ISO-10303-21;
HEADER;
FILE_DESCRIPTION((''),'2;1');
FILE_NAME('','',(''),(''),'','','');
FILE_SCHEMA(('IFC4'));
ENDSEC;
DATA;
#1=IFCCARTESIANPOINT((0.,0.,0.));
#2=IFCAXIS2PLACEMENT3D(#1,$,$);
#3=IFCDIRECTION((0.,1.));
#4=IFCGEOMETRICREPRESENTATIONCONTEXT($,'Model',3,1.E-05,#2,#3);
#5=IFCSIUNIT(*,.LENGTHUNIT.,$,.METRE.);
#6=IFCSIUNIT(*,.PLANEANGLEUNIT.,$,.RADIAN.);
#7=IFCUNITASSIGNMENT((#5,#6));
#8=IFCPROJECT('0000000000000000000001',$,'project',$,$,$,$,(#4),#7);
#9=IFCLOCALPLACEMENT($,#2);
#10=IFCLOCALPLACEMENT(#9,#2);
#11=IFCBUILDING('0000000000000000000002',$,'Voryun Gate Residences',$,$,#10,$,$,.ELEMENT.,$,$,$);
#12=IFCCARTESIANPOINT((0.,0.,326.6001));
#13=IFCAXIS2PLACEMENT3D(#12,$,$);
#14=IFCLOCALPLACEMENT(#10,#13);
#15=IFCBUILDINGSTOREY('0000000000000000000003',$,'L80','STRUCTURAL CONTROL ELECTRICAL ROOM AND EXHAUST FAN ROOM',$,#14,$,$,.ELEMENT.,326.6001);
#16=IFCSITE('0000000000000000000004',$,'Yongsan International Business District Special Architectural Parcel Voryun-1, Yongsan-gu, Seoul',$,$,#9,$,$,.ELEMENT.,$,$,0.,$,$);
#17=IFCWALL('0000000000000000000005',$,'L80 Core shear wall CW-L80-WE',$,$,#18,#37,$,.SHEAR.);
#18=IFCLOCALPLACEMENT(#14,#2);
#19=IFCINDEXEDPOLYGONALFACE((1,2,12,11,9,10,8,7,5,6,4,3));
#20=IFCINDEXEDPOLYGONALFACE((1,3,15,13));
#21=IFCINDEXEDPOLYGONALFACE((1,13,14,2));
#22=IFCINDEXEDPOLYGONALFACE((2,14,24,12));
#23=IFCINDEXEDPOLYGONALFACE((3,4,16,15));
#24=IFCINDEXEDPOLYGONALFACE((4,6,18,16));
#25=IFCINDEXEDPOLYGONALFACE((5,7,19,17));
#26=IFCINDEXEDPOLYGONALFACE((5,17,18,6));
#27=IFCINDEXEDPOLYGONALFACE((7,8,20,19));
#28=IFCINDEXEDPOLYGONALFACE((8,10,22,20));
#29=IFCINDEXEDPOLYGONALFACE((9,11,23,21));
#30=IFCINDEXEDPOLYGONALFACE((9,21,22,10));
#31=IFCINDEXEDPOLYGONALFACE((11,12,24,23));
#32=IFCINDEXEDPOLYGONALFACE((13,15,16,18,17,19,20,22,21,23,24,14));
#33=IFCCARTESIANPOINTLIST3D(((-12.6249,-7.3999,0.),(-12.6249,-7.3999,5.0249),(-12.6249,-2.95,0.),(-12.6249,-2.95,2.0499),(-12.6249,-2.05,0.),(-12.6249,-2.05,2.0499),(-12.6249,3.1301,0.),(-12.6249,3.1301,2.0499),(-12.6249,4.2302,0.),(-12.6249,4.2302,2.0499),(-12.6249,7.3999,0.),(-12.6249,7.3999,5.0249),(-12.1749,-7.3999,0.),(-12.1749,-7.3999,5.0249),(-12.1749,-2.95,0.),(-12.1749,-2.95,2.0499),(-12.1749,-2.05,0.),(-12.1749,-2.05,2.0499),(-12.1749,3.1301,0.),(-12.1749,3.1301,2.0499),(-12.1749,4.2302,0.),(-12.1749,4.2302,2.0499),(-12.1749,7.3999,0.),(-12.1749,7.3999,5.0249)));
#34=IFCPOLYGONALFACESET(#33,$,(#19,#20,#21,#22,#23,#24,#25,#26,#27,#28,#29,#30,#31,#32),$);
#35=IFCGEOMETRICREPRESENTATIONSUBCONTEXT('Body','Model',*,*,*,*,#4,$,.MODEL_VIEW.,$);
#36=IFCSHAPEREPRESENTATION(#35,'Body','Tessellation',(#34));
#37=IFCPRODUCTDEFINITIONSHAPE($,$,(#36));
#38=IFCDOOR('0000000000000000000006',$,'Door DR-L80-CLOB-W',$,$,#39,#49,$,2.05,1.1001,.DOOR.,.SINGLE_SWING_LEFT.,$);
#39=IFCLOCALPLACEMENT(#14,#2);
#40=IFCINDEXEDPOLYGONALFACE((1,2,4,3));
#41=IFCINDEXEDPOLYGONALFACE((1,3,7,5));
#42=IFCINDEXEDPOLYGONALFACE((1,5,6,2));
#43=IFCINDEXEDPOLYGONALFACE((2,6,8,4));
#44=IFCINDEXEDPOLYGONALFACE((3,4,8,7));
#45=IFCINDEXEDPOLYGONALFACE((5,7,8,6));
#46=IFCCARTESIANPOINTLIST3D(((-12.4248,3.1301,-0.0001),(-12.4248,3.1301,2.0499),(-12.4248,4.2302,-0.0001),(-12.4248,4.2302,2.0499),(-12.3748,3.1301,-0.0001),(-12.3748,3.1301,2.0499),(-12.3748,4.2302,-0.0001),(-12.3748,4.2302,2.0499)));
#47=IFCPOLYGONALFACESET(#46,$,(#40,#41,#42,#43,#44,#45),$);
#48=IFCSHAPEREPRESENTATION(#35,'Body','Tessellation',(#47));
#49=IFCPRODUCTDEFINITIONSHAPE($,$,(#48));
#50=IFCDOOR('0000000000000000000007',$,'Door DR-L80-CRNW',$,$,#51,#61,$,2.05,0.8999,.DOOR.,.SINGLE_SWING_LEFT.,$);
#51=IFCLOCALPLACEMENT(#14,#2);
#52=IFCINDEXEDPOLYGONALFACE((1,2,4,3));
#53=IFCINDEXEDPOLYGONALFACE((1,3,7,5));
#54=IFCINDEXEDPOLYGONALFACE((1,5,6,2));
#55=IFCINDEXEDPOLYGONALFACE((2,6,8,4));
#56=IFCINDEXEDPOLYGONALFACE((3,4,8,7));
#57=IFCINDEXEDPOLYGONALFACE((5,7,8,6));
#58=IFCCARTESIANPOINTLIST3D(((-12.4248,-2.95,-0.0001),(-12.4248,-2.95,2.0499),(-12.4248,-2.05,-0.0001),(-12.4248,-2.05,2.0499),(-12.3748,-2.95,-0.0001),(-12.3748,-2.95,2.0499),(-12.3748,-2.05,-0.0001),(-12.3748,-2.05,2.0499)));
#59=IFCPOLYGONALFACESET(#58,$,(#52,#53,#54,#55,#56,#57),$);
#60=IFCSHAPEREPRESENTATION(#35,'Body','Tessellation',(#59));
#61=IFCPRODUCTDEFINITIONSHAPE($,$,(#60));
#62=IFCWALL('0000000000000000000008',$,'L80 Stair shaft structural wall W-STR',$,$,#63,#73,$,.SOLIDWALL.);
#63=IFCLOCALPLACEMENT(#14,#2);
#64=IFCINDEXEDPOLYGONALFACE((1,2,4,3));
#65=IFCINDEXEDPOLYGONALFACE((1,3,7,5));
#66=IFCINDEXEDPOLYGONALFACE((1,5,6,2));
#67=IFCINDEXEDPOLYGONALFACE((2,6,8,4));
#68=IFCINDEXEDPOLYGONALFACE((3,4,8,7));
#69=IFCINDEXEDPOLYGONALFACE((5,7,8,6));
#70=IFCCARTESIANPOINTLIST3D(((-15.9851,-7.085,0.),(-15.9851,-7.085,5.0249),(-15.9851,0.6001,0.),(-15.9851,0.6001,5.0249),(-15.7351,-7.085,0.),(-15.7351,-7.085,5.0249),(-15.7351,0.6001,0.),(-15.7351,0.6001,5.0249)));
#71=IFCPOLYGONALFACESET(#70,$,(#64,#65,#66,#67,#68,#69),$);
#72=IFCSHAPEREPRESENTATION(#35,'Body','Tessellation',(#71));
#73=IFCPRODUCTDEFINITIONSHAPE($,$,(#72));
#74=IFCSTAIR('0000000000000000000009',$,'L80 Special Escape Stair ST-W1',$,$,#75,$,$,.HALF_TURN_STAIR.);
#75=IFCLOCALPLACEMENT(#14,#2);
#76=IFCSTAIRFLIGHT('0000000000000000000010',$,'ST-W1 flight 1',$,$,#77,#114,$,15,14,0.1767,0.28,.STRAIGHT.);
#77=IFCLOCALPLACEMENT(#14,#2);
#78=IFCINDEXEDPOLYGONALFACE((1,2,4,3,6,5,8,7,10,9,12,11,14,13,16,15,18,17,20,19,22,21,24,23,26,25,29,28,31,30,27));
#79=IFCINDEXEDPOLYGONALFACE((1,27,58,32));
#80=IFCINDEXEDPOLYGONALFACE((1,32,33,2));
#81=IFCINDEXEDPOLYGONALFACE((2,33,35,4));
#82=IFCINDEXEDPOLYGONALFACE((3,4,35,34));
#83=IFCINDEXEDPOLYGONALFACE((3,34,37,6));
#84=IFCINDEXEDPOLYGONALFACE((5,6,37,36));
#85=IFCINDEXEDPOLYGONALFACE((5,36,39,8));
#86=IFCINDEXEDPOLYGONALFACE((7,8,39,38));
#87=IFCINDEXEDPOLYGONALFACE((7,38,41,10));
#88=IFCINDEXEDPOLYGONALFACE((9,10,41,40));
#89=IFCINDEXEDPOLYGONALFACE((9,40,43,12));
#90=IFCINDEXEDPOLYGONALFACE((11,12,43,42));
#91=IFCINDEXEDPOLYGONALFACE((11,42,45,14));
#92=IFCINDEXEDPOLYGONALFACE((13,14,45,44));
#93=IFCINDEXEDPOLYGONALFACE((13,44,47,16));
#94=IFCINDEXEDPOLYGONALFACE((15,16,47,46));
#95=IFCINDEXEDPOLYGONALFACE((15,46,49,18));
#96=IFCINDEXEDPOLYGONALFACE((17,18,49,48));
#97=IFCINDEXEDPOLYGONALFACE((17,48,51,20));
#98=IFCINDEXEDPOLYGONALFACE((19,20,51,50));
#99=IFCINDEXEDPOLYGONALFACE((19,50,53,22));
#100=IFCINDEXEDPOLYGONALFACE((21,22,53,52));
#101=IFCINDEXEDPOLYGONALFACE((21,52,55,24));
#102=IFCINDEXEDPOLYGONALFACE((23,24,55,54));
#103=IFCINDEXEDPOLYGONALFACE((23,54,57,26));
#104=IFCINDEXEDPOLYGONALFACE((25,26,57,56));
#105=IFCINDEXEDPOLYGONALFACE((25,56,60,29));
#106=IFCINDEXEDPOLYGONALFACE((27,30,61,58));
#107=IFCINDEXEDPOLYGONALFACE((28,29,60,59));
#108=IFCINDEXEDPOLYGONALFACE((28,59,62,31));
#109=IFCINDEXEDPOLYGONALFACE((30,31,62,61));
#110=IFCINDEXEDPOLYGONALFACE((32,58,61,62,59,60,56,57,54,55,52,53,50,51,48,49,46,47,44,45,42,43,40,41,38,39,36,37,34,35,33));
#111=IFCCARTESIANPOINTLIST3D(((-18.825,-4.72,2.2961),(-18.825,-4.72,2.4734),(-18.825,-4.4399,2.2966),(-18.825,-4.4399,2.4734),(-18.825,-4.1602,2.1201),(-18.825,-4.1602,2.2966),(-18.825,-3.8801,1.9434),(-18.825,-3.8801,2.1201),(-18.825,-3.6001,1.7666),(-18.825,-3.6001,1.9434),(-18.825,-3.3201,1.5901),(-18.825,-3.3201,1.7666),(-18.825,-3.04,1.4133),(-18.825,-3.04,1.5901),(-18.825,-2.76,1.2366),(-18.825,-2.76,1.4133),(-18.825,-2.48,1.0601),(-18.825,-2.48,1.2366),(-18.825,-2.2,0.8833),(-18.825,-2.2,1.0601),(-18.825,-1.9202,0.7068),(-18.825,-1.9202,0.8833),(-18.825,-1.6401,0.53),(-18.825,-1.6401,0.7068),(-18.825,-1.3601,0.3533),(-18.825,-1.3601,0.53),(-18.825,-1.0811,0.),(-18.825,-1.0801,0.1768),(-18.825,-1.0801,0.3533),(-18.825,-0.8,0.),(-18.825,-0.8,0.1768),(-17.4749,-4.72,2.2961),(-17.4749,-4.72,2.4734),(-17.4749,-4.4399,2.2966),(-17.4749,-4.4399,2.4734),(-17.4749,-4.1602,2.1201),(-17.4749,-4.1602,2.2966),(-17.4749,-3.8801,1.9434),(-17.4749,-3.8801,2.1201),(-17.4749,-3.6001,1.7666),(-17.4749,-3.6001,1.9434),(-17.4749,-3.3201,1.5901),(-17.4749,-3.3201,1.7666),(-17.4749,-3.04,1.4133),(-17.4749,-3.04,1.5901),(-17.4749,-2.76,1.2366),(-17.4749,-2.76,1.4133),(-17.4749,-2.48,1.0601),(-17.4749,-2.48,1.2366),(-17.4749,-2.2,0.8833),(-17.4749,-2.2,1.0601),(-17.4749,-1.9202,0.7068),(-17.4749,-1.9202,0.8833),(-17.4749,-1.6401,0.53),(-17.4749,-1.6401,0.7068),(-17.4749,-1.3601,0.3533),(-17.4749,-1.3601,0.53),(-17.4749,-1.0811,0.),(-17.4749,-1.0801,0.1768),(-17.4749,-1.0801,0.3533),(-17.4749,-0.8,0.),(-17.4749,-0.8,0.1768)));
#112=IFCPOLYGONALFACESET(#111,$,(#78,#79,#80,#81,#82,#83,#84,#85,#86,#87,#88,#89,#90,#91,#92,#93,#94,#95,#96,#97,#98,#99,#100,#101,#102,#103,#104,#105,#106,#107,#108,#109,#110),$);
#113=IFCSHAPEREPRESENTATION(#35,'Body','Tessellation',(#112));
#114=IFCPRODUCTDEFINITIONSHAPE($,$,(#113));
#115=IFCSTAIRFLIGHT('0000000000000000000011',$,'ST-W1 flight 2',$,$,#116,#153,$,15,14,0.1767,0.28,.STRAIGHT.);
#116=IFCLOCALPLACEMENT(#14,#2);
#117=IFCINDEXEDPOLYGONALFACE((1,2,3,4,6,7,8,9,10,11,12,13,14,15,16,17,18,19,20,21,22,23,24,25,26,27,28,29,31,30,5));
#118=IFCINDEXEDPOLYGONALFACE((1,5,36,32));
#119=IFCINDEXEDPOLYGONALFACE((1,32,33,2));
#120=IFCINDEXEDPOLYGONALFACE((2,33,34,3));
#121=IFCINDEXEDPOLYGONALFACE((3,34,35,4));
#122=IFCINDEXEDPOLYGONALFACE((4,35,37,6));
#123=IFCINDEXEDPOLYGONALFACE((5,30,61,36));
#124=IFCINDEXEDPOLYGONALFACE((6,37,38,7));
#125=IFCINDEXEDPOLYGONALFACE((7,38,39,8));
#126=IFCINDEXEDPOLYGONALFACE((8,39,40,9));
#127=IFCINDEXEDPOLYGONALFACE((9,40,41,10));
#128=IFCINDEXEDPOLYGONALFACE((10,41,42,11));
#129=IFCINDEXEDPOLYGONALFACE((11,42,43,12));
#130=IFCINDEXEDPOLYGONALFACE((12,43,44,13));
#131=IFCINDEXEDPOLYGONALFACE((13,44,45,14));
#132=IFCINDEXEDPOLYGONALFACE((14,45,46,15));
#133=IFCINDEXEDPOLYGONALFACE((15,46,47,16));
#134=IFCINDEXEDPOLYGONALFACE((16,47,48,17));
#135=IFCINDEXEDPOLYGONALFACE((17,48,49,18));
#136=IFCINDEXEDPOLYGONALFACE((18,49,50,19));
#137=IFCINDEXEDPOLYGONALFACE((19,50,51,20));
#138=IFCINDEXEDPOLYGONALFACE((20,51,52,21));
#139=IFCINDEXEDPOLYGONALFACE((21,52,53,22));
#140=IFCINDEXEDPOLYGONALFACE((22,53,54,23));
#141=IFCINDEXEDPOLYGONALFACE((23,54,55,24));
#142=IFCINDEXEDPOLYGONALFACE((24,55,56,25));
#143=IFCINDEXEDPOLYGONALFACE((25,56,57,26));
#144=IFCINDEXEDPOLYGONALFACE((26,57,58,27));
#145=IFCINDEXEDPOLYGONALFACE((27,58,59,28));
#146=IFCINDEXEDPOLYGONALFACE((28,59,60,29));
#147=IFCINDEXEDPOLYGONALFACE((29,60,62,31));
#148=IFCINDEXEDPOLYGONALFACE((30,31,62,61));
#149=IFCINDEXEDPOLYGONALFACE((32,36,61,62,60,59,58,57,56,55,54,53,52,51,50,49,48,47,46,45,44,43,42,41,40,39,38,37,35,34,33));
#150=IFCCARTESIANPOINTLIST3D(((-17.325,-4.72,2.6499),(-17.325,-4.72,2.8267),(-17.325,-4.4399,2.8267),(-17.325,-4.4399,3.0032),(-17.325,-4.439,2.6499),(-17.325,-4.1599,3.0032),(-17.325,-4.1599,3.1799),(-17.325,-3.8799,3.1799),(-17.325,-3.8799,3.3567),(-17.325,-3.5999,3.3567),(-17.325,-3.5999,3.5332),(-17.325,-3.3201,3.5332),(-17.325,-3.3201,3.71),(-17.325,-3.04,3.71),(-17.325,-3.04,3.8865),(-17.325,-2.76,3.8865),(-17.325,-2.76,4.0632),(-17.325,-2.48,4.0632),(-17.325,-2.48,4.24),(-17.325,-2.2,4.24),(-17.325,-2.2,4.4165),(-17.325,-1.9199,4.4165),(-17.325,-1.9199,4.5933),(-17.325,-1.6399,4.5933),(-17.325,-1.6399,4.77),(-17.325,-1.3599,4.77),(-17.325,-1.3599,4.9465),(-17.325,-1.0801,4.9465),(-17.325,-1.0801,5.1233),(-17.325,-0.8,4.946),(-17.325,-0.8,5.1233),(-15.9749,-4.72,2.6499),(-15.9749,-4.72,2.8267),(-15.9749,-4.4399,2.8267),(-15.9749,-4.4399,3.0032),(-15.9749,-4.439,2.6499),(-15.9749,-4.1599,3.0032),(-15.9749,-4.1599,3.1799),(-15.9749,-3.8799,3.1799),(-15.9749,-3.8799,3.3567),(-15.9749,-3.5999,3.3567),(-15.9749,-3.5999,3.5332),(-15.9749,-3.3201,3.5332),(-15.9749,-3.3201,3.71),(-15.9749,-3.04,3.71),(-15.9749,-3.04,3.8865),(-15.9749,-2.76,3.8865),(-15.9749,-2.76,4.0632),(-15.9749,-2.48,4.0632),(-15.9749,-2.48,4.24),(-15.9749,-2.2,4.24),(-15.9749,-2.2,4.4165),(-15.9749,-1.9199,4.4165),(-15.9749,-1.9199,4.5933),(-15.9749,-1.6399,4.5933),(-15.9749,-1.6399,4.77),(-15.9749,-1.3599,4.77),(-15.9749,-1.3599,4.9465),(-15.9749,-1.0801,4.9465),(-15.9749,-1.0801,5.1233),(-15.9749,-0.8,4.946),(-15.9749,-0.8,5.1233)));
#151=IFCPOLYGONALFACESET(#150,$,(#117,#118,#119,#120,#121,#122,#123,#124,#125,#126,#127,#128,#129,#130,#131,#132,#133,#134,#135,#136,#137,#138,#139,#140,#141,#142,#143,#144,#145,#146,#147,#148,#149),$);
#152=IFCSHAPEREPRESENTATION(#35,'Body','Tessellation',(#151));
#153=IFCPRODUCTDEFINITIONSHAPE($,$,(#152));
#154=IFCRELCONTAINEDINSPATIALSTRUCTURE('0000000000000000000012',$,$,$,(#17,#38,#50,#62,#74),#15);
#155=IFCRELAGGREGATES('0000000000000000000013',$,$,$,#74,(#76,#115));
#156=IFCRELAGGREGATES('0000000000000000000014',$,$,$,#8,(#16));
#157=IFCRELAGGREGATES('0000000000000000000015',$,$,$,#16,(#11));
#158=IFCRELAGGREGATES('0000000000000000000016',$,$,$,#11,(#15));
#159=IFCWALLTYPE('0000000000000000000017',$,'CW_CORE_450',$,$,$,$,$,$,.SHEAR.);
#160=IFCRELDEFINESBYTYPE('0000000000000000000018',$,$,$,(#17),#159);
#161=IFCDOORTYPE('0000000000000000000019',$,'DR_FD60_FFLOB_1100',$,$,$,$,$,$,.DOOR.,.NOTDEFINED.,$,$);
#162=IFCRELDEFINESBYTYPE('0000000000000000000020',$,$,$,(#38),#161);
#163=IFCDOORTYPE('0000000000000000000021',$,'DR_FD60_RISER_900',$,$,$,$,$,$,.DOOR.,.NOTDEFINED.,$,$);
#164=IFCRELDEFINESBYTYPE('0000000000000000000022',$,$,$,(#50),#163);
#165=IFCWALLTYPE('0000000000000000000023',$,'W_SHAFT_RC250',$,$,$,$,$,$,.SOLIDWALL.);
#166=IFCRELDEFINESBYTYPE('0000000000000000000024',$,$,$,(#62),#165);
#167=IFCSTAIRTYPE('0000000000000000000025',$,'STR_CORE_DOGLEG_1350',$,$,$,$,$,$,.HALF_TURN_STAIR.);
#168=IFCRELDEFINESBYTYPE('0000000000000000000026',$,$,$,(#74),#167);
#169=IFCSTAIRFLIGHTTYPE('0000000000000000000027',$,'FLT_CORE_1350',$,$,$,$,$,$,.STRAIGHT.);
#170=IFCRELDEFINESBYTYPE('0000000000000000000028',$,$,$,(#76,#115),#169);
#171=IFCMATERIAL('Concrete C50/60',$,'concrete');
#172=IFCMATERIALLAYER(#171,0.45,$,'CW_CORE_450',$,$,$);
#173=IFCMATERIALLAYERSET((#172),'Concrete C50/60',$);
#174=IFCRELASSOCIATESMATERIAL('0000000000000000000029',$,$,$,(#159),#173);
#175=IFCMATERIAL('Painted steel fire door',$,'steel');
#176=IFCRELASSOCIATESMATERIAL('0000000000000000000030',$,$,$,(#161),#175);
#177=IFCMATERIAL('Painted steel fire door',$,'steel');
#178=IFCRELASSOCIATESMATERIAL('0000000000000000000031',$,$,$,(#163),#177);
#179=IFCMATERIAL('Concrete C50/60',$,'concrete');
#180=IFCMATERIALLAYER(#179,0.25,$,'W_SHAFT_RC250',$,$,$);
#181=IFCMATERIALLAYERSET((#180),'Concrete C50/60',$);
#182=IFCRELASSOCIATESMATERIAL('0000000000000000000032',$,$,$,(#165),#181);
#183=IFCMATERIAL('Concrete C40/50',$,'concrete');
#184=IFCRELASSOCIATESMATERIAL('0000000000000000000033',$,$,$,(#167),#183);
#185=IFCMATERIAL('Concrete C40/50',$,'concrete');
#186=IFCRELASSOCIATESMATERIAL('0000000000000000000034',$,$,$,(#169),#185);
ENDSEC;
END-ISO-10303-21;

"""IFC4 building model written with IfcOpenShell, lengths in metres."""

from ifc_helpers import new_model, si_unit, direction, frame, frame_2d, origin, place, context, subcontext, project, spatial, polyline, rectangle, outline, extrude, material, layer, layer_set, type_object, element, fill, aggregate, save


model = new_model("IFC4")

# Units and contexts
model_context = context("Model", 3, precision=1e-05, world=origin(), true_north=direction((0.0, 1.0)))
body_context = subcontext(model_context, "Body", "Model", "MODEL_VIEW")
ifc_project = project(units=[si_unit("LENGTHUNIT", "METRE"), si_unit("PLANEANGLEUNIT", "RADIAN")], contexts=[model_context])

# Site, building, storey
site_placement = place(None, origin())
site = spatial("IfcSite", under=ifc_project, at=site_placement, Name="Yongsan International Business District Special Architectural Parcel Voryun-1, Yongsan-gu, Seoul", CompositionType="ELEMENT", RefElevation=0.0)
building_placement = place(site_placement, origin())
building = spatial("IfcBuilding", under=site, at=building_placement, Name="Voryun Gate Residences", CompositionType="ELEMENT")
storey_placement = place(building_placement, frame((0.0, 0.0, 326.6001)))
storey = spatial("IfcBuildingStorey", under=building, at=storey_placement, Name="L80", Description="STRUCTURAL CONTROL ELECTRICAL ROOM AND EXHAUST FAN ROOM", CompositionType="ELEMENT", Elevation=326.6001)

# Wall, openings, doors
ifc_material_1 = material(Name="Concrete C50/60", Category="concrete")
ifc_layer_1 = layer(ifc_material_1, 0.45, Name="CW_CORE_450")
ifc_layer_set_1 = layer_set([ifc_layer_1], Name="Concrete C50/60")
wall_type_1 = type_object("IfcWallType", Name="CW_CORE_450", PredefinedType="SHEAR", material=ifc_layer_set_1)
wall_1_placement = place(storey_placement, frame((-12.3999, -7.3999, 0.0), z_axis=(0.0, 0.0, 1.0), x_axis=(0.0, 1.0, 0.0)))
wall_1 = element("IfcWall", 1, at=wall_1_placement, inside=storey, type_object=wall_type_1, Name="L80 Core shear wall CW-L80-WE", PredefinedType="SHEAR", context=body_context, shape_type="SweptSolid", body=[
    extrude(rectangle(XDim=14.7998, YDim=0.45, at=frame_2d((7.3999, 0.0))), origin(), (0.0, 0.0, 1.0), 5.0249),
])
opening_1_placement = place(wall_1_placement, frame((10.53, 0.0, 0.0)))
opening_1 = element("IfcOpeningElement", 2, at=opening_1_placement, cuts=wall_1, PredefinedType="OPENING", context=body_context, shape_type="SweptSolid", body=[
    extrude(rectangle(XDim=1.1001, YDim=2.05, at=frame_2d((0.55, 1.0249))), frame((0.0, 0.2351, 0.0), z_axis=(0.0, -1.0, 0.0), x_axis=(1.0, 0.0, 0.0)), (0.0, 0.0, 1.0), 0.47),
])
opening_2_placement = place(wall_1_placement, frame((4.45, 0.0, 0.0)))
opening_2 = element("IfcOpeningElement", 3, at=opening_2_placement, cuts=wall_1, PredefinedType="OPENING", context=body_context, shape_type="SweptSolid", body=[
    extrude(rectangle(XDim=0.8999, YDim=2.05, at=frame_2d((0.45, 1.0249))), frame((0.0, 0.2351, 0.0), z_axis=(0.0, -1.0, 0.0), x_axis=(1.0, 0.0, 0.0)), (0.0, 0.0, 1.0), 0.47),
])
ifc_material_2 = material(Name="Painted steel fire door", Category="steel")
door_type_1 = type_object("IfcDoorType", Name="DR_FD60_FFLOB_1100", OperationType="NOTDEFINED", PredefinedType="DOOR", material=ifc_material_2)
door_1_placement = place(opening_1_placement, origin())
door_1 = element("IfcDoor", 4, at=door_1_placement, inside=storey, type_object=door_type_1, Name="Door DR-L80-CLOB-W", OperationType="SINGLE_SWING_LEFT", OverallHeight=2.05, OverallWidth=1.1001, PredefinedType="DOOR", context=body_context, shape_type="SweptSolid", body=[
    extrude(rectangle(XDim=1.1001, YDim=2.05, at=frame_2d((0.55, 1.0249))), frame((0.0, 0.0249, 0.0), z_axis=(0.0, -1.0, 0.0), x_axis=(1.0, 0.0, 0.0)), (0.0, 0.0, 1.0), 0.05),
])
fill(opening_1, door_1)
ifc_material_3 = material(Name="Painted steel fire door", Category="steel")
door_type_2 = type_object("IfcDoorType", Name="DR_FD60_RISER_900", OperationType="NOTDEFINED", PredefinedType="DOOR", material=ifc_material_3)
door_2_placement = place(opening_2_placement, origin())
door_2 = element("IfcDoor", 5, at=door_2_placement, inside=storey, type_object=door_type_2, Name="Door DR-L80-CRNW", OperationType="SINGLE_SWING_LEFT", OverallHeight=2.05, OverallWidth=0.8999, PredefinedType="DOOR", context=body_context, shape_type="SweptSolid", body=[
    extrude(rectangle(XDim=0.8999, YDim=2.05, at=frame_2d((0.45, 1.0249))), frame((0.0, 0.0249, 0.0), z_axis=(0.0, -1.0, 0.0), x_axis=(1.0, 0.0, 0.0)), (0.0, 0.0, 1.0), 0.05),
])
fill(opening_2, door_2)

# Wall
ifc_material_4 = material(Name="Concrete C50/60", Category="concrete")
ifc_layer_2 = layer(ifc_material_4, 0.25, Name="W_SHAFT_RC250")
ifc_layer_set_2 = layer_set([ifc_layer_2], Name="Concrete C50/60")
wall_type_2 = type_object("IfcWallType", Name="W_SHAFT_RC250", PredefinedType="SOLIDWALL", material=ifc_layer_set_2)
wall_2_placement = place(storey_placement, frame((-15.8601, -7.085, 0.0), z_axis=(0.0, 0.0, 1.0), x_axis=(0.0, 1.0, 0.0)))
element("IfcWall", 6, at=wall_2_placement, inside=storey, type_object=wall_type_2, Name="L80 Stair shaft structural wall W-STR", PredefinedType="SOLIDWALL", context=body_context, shape_type="SweptSolid", body=[
    extrude(rectangle(XDim=7.6851, YDim=0.25, at=frame_2d((3.8425, 0.0))), origin(), (0.0, 0.0, 1.0), 5.0249),
])

# Stair, stair flights
ifc_material_5 = material(Name="Concrete C40/50", Category="concrete")
stair_type = type_object("IfcStairType", Name="STR_CORE_DOGLEG_1350", PredefinedType="HALF_TURN_STAIR", material=ifc_material_5)
stair_placement = place(storey_placement, origin())
stair = element("IfcStair", 7, at=stair_placement, inside=storey, type_object=stair_type, Name="L80 Special Escape Stair ST-W1", PredefinedType="HALF_TURN_STAIR")
ifc_material_6 = material(Name="Concrete C40/50", Category="concrete")
stair_flight_type = type_object("IfcStairFlightType", Name="FLT_CORE_1350", PredefinedType="STRAIGHT", material=ifc_material_6)
stair_flight_1_placement = place(storey_placement, frame((-18.1499, -0.8, 0.0), z_axis=(0.0, 0.0, 1.0), x_axis=(0.0, -1.0, 0.0)))
stair_flight_1 = element("IfcStairFlight", 8, at=stair_flight_1_placement, type_object=stair_flight_type, Name="ST-W1 flight 1", NumberOfRisers=15, NumberOfTreads=14, PredefinedType="STRAIGHT", RiserHeight=0.1767, TreadLength=0.28, context=body_context, shape_type="SweptSolid", body=[
    extrude(outline(polyline([(0.0, 0.0), (0.0, 0.1768), (0.28, 0.1768), (0.28, 0.3533), (0.5601, 0.3533), (0.5601, 0.53), (0.8401, 0.53), (0.8401, 0.7068), (1.1201, 0.7068), (1.1201, 0.8833), (1.3999, 0.8833), (1.3999, 1.0601), (1.6799, 1.0601), (1.6799, 1.2366), (1.96, 1.2366), (1.96, 1.4133), (2.24, 1.4133), (2.24, 1.5901), (2.52, 1.5901), (2.52, 1.7666), (2.8, 1.7666), (2.8, 1.9434), (3.0801, 1.9434), (3.0801, 2.1201), (3.3601, 2.1201), (3.3601, 2.2966), (3.6399, 2.2966), (3.6399, 2.4734), (3.9199, 2.4734), (3.9199, 2.6499), (3.9199, 2.2961), (0.281, 0.0), (0.0, 0.0)])), frame((0.0, 0.675, 0.0), z_axis=(0.0, -1.0, 0.0), x_axis=(1.0, 0.0, 0.0)), (0.0, 0.0, 1.0), 1.3501),
])
stair_flight_2_placement = place(storey_placement, frame((-16.6499, -4.72, 2.6499), z_axis=(0.0, 0.0, 1.0), x_axis=(0.0, 1.0, 0.0)))
stair_flight_2 = element("IfcStairFlight", 9, at=stair_flight_2_placement, type_object=stair_flight_type, Name="ST-W1 flight 2", NumberOfRisers=15, NumberOfTreads=14, PredefinedType="STRAIGHT", RiserHeight=0.1767, TreadLength=0.28, context=body_context, shape_type="SweptSolid", body=[
    extrude(outline(polyline([(0.0, 0.0), (0.0, 0.1768), (0.28, 0.1768), (0.28, 0.3533), (0.5601, 0.3533), (0.5601, 0.53), (0.8401, 0.53), (0.8401, 0.7068), (1.1201, 0.7068), (1.1201, 0.8833), (1.3999, 0.8833), (1.3999, 1.0601), (1.6799, 1.0601), (1.6799, 1.2366), (1.96, 1.2366), (1.96, 1.4133), (2.24, 1.4133), (2.24, 1.5901), (2.52, 1.5901), (2.52, 1.7666), (2.8, 1.7666), (2.8, 1.9434), (3.0801, 1.9434), (3.0801, 2.1201), (3.3601, 2.1201), (3.3601, 2.2966), (3.6399, 2.2966), (3.6399, 2.4734), (3.9199, 2.4734), (3.9199, 2.6499), (3.9199, 2.2961), (0.281, 0.0), (0.0, 0.0)])), frame((0.0, 0.675, 0.0), z_axis=(0.0, -1.0, 0.0), x_axis=(1.0, 0.0, 0.0)), (0.0, 0.0, 1.0), 1.3501),
])
aggregate(stair, [stair_flight_1, stair_flight_2])

save(model, "model.ifc")
